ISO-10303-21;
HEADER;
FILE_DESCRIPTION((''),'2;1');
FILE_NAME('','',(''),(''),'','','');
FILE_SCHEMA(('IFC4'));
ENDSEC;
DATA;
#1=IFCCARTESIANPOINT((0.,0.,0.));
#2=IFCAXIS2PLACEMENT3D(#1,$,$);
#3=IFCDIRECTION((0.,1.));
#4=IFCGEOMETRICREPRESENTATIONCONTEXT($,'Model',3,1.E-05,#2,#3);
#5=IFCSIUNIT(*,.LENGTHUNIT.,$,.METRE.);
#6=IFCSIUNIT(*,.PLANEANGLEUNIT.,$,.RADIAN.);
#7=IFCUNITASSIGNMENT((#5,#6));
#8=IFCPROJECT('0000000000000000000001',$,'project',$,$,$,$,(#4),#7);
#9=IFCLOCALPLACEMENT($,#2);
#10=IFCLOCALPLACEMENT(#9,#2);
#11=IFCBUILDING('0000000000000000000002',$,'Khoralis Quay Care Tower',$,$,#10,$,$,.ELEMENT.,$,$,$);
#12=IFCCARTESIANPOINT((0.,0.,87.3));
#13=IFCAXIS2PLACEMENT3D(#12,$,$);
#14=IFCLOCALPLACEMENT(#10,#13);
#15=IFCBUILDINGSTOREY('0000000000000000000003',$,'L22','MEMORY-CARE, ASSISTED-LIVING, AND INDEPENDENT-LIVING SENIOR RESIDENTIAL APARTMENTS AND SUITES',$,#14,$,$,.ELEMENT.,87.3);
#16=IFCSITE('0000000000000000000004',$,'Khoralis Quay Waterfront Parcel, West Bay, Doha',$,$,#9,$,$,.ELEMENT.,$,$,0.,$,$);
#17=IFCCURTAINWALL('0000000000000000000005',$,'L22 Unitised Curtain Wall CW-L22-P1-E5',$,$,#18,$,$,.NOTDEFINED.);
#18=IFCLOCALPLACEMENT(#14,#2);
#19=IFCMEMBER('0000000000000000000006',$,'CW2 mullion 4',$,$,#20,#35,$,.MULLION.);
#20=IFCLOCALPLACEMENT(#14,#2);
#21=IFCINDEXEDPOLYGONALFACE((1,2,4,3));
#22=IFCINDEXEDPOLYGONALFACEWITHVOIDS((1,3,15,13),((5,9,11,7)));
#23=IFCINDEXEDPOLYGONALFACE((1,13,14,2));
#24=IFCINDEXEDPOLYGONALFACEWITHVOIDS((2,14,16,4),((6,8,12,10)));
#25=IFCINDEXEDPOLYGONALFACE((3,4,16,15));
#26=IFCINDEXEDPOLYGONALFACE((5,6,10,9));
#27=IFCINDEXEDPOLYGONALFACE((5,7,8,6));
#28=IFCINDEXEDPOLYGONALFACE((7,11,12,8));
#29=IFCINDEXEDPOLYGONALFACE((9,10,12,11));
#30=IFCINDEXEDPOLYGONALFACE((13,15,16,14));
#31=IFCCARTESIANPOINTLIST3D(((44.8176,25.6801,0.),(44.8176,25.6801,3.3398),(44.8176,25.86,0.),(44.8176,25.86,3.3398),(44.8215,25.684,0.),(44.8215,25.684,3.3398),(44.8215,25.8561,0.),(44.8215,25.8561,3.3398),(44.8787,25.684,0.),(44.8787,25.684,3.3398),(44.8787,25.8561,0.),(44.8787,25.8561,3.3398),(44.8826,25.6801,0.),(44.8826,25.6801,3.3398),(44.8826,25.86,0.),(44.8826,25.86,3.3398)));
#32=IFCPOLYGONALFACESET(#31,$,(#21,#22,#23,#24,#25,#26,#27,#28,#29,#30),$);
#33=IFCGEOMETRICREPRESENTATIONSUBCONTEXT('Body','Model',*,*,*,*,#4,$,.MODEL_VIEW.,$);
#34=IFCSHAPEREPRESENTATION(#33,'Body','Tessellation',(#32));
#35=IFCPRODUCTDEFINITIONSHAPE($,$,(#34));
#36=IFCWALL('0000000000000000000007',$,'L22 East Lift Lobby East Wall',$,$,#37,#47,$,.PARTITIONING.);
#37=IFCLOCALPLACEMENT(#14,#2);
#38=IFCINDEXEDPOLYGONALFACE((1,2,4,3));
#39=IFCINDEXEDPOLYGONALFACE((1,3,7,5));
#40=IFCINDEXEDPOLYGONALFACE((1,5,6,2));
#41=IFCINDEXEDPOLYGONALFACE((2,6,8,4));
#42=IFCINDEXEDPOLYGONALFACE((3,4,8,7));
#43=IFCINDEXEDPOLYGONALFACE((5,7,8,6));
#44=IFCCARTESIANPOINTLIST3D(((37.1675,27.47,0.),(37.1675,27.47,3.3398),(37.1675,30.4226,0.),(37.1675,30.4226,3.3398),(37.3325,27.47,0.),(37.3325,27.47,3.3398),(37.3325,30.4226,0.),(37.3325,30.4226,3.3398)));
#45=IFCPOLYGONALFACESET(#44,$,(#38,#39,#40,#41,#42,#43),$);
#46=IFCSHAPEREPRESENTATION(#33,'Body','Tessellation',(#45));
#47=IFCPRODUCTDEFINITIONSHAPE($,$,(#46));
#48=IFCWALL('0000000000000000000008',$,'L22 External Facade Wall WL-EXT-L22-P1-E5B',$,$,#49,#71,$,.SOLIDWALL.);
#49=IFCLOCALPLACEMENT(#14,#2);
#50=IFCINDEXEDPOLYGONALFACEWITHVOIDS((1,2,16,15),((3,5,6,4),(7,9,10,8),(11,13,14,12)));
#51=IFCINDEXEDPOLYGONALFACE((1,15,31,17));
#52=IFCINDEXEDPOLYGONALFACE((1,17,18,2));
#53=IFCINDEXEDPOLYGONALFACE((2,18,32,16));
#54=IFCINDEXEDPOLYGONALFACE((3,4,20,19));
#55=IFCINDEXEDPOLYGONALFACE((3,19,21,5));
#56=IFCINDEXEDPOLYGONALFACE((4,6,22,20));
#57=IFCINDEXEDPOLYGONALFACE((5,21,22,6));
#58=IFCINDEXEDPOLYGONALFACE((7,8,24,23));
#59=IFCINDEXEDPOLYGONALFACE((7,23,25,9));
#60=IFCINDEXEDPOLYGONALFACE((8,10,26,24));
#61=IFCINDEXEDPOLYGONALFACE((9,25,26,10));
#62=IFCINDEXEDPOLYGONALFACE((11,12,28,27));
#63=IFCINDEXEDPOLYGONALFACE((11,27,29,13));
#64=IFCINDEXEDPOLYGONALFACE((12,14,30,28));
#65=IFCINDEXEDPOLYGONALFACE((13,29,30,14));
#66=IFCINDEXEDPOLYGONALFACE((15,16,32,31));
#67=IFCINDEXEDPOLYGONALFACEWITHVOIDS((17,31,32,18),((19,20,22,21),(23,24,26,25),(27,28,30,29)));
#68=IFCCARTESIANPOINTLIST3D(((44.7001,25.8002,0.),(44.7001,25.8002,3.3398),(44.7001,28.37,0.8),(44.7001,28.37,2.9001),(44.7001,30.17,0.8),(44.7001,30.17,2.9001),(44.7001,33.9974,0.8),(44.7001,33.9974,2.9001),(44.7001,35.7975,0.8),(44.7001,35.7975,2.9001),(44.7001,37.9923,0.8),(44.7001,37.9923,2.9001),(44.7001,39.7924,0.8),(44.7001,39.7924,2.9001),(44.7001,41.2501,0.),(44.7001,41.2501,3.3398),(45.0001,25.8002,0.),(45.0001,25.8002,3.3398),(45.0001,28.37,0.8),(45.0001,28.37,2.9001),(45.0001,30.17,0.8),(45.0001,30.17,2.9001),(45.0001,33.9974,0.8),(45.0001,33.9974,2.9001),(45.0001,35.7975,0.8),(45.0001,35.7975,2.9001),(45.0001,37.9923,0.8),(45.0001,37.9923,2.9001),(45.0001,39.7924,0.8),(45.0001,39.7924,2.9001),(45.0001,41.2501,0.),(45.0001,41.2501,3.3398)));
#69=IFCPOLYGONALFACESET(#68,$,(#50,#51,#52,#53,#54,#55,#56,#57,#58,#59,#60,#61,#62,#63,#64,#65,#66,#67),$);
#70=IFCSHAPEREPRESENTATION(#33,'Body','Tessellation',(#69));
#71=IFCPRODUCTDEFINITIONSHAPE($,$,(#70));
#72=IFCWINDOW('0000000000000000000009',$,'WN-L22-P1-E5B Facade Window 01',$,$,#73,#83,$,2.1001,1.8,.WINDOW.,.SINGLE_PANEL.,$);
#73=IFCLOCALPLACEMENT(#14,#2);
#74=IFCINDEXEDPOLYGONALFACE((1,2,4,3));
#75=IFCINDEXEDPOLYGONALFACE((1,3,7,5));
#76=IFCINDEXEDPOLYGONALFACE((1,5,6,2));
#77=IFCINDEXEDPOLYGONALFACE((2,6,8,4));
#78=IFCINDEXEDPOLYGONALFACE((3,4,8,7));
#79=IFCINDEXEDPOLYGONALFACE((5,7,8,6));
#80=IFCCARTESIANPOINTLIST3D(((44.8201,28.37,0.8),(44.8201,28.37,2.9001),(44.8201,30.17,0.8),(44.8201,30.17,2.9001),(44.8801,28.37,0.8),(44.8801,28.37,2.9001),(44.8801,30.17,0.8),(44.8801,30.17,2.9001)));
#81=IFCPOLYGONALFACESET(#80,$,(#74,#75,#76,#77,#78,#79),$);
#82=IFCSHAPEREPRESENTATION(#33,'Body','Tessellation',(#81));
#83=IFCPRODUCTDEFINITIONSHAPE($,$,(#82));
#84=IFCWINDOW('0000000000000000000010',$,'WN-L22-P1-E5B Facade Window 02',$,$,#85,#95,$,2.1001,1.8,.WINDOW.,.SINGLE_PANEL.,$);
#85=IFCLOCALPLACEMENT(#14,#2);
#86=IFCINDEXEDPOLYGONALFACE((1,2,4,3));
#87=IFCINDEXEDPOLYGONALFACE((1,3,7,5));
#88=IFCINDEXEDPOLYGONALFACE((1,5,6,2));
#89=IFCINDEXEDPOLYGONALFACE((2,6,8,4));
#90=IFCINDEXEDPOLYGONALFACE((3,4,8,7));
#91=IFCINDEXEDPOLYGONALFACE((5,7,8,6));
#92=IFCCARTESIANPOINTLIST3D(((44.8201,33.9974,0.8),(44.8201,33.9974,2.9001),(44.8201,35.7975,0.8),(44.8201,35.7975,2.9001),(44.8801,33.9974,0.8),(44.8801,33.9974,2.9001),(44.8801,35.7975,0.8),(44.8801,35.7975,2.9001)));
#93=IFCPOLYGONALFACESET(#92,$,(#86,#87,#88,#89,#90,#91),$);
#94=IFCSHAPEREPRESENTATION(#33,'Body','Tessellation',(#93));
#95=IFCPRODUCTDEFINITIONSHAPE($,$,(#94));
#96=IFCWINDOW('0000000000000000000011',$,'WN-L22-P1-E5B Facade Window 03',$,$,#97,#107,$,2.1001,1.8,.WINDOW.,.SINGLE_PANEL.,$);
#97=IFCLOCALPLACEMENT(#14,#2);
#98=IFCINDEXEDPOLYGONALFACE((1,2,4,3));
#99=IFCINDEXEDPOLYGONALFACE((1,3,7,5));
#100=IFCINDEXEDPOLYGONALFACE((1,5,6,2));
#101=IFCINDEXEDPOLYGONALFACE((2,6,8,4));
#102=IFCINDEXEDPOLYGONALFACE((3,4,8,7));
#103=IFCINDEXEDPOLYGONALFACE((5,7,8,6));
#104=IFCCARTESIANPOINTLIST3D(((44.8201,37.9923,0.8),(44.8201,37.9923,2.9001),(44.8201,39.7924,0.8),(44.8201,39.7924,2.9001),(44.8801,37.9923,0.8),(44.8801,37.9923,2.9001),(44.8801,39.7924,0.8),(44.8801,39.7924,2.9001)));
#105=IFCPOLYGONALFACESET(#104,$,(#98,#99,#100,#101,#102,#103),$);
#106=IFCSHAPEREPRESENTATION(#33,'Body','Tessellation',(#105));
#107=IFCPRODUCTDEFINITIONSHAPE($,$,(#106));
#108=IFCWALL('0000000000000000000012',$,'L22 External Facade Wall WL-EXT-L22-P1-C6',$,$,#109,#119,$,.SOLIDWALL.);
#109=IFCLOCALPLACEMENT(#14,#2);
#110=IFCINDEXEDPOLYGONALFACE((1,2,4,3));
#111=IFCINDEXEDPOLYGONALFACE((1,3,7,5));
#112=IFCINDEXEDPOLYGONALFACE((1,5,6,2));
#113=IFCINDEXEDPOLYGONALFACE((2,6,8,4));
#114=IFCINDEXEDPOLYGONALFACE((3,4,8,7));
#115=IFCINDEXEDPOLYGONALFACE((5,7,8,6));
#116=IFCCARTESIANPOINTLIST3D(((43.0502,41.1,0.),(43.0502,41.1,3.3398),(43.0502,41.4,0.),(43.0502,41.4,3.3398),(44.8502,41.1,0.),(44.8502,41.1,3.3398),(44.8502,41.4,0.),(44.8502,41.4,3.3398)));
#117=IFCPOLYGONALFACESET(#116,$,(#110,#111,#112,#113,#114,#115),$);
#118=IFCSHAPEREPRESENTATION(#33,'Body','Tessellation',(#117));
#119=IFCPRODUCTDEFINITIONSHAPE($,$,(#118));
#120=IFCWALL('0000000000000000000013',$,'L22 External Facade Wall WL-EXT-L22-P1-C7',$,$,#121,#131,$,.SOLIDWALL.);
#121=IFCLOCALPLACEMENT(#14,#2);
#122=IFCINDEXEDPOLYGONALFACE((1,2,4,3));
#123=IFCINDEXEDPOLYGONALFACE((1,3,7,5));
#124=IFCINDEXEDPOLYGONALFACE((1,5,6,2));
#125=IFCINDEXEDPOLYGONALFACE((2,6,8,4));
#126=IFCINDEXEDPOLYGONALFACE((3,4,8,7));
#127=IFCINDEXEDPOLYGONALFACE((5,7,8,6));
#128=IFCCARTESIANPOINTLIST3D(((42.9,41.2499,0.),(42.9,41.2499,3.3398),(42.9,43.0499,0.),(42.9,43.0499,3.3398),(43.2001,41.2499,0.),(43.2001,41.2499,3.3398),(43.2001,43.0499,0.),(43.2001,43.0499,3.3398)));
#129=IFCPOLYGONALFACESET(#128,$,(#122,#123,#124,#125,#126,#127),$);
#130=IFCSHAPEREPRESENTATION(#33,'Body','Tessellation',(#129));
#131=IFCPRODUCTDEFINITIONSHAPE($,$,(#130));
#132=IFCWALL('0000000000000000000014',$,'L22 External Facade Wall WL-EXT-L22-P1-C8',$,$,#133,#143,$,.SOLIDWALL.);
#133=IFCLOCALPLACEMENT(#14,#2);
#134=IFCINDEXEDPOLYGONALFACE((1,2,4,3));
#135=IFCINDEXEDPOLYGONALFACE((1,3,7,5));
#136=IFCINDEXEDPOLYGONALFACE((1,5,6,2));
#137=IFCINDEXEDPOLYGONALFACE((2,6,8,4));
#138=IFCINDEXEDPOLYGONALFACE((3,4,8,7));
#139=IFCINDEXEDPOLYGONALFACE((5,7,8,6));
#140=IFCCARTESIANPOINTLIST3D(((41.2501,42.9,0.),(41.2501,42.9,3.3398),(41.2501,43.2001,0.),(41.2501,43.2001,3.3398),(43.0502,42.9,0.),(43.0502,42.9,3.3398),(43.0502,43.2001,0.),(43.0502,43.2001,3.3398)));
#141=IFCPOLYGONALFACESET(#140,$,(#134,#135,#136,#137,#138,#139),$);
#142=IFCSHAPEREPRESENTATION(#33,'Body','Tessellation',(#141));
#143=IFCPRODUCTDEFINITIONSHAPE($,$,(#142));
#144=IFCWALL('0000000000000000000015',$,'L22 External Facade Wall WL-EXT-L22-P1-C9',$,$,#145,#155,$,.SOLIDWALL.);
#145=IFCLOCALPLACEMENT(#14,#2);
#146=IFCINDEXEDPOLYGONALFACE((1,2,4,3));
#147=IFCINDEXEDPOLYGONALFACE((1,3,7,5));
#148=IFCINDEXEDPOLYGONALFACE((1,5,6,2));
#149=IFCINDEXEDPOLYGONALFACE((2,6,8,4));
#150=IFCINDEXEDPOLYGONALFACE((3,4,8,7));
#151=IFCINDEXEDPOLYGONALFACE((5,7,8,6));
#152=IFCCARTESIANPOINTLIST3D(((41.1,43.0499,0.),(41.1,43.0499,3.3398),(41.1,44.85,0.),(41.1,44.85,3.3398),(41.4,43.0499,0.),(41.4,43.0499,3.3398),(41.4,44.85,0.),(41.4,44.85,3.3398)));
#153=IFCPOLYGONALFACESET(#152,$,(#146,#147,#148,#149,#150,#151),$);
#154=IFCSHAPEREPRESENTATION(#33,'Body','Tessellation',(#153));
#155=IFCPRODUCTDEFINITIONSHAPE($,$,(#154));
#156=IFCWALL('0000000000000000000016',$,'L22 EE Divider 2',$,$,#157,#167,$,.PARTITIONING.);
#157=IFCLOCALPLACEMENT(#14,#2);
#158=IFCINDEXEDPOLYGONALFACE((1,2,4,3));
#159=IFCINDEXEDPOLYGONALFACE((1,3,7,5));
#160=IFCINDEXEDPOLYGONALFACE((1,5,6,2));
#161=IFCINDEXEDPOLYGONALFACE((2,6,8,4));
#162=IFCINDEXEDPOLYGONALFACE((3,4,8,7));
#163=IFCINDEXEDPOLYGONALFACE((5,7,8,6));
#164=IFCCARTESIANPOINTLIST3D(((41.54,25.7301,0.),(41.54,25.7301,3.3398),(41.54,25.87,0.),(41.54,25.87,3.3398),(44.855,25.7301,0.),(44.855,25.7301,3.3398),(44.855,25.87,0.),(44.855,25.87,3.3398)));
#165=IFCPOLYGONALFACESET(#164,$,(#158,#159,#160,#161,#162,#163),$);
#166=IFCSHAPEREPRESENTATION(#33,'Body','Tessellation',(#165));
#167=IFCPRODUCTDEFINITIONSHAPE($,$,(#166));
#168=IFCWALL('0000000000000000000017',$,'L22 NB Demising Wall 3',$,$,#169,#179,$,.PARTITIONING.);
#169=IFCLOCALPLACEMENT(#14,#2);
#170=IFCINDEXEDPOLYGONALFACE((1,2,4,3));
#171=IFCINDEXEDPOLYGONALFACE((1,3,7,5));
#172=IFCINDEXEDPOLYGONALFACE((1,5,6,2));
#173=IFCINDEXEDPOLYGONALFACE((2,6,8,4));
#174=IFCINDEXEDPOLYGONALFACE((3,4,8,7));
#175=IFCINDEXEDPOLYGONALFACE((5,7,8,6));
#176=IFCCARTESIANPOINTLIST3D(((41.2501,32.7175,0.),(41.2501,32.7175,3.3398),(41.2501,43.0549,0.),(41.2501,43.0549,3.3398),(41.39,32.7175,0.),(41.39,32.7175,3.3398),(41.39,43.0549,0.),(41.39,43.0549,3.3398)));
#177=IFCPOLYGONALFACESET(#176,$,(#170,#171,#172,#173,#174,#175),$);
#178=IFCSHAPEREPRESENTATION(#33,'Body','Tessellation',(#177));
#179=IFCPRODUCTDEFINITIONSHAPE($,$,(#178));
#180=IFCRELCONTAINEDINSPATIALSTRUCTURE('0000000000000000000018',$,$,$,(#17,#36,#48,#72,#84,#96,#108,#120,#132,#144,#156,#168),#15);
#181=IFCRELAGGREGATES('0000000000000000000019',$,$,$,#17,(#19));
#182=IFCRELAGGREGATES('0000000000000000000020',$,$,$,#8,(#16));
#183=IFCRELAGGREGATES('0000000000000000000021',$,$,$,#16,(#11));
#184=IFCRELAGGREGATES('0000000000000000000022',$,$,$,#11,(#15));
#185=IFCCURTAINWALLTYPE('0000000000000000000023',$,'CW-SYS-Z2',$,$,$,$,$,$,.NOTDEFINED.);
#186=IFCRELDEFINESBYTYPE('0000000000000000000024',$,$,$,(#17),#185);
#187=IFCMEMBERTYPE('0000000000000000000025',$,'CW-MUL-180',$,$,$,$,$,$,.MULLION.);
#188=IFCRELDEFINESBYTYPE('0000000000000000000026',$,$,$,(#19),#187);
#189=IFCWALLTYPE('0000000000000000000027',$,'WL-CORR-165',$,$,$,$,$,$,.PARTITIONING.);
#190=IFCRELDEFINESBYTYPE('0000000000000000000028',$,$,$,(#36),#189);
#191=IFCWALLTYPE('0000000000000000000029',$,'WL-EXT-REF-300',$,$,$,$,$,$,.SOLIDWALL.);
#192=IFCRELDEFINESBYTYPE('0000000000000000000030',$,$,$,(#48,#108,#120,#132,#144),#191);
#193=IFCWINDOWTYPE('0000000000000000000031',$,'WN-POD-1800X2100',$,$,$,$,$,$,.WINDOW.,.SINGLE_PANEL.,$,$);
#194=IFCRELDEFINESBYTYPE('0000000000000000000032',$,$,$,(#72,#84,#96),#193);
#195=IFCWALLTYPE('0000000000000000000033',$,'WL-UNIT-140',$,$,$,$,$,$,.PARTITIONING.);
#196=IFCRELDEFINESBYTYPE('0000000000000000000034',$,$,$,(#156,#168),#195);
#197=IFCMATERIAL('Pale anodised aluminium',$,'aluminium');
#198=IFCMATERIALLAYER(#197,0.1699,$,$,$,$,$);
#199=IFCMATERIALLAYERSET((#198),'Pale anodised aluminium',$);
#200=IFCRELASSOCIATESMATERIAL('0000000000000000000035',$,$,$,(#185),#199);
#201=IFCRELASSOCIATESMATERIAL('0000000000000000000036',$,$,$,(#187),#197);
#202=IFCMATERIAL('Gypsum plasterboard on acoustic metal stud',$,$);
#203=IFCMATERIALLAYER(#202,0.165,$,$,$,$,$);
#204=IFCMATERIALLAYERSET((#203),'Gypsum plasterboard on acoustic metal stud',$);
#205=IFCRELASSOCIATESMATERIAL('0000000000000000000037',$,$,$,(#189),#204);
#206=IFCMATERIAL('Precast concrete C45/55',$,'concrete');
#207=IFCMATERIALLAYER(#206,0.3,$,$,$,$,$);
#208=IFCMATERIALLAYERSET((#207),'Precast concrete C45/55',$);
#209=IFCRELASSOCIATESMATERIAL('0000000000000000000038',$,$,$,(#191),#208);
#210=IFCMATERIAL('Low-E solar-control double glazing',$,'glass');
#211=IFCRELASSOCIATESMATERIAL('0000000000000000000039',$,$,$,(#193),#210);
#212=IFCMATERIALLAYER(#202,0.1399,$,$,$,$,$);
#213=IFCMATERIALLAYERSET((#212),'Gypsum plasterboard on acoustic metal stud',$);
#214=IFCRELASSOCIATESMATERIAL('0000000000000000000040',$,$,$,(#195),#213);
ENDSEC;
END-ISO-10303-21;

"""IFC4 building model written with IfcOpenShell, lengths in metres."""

from ifc_helpers import new_model, si_unit, direction, frame, frame_2d, origin, origin_2d, place, context, subcontext, project, spatial, rectangle, hollow_rectangle, extrude, source, transform, mapped, material, layer, layer_set, material_profile, profile_set, type_object, element, fill, aggregate, save


model = new_model("IFC4")

# Units and contexts
model_context = context("Model", 3, precision=1e-05, world=origin(), true_north=direction((0.0, 1.0)))
body_context = subcontext(model_context, "Body", "Model", "MODEL_VIEW")
ifc_project = project(units=[si_unit("LENGTHUNIT", "METRE"), si_unit("PLANEANGLEUNIT", "RADIAN")], contexts=[model_context])

# Site, building, storey
site_placement = place(None, origin())
site = spatial("IfcSite", under=ifc_project, at=site_placement, Name="Khoralis Quay Waterfront Parcel, West Bay, Doha", CompositionType="ELEMENT", RefElevation=0.0)
building_placement = place(site_placement, origin())
building = spatial("IfcBuilding", under=site, at=building_placement, Name="Khoralis Quay Care Tower", CompositionType="ELEMENT")
storey_placement = place(building_placement, frame((0.0, 0.0, 87.3)))
storey = spatial("IfcBuildingStorey", under=building, at=storey_placement, Name="L22", Description="MEMORY-CARE, ASSISTED-LIVING, AND INDEPENDENT-LIVING SENIOR RESIDENTIAL APARTMENTS AND SUITES", CompositionType="ELEMENT", Elevation=87.3)

# Curtain wall, member
ifc_material_1 = material(Name="Pale anodised aluminium", Category="aluminium")
ifc_layer_1 = layer(ifc_material_1, 0.1699)
ifc_layer_set_1 = layer_set([ifc_layer_1], Name="Pale anodised aluminium")
curtain_wall_type = type_object("IfcCurtainWallType", Name="CW-SYS-Z2", PredefinedType="NOTDEFINED", material=ifc_layer_set_1)
curtain_wall_placement = place(storey_placement, origin())
curtain_wall = element("IfcCurtainWall", 1, at=curtain_wall_placement, inside=storey, type_object=curtain_wall_type, Name="L22 Unitised Curtain Wall CW-L22-P1-E5", PredefinedType="NOTDEFINED")
ifc_material_profile_1 = material_profile(ifc_material_1, hollow_rectangle(XDim=0.0649, YDim=0.1799, WallThickness=0.0039, at=origin_2d()), Name="Pale anodised aluminium")
ifc_profile_set_1 = profile_set([ifc_material_profile_1], Name="Pale anodised aluminium")
member_type = type_object("IfcMemberType", Name="CW-MUL-180", PredefinedType="MULLION", material=ifc_profile_set_1)
shared_shape_1 = source(origin(), body_context, "Body", "SweptSolid", [
    extrude(hollow_rectangle(XDim=0.0649, YDim=0.1799, WallThickness=0.0039, at=origin_2d()), origin(), (0.0, 0.0, 1.0), 3.3398),
])
member_placement = place(storey_placement, frame((44.8501, 25.77, 0.0), z_axis=(0.0, 0.0, 1.0), x_axis=(-1.0, 0.0, 0.0)))
member = element("IfcMember", 2, at=member_placement, type_object=member_type, Name="CW2 mullion 4", PredefinedType="MULLION", context=body_context, shape_type="MappedRepresentation", body=[
    mapped(shared_shape_1, transform((0.0, 0.0, 0.0), scale=1.0)),
])
aggregate(curtain_wall, [member])

# Wall
ifc_material_2 = material(Name="Gypsum plasterboard on acoustic metal stud")
ifc_layer_2 = layer(ifc_material_2, 0.165)
ifc_layer_set_2 = layer_set([ifc_layer_2], Name="Gypsum plasterboard on acoustic metal stud")
wall_type_1 = type_object("IfcWallType", Name="WL-CORR-165", PredefinedType="PARTITIONING", material=ifc_layer_set_2)
wall_1_placement = place(storey_placement, frame((37.25, 27.47, 0.0), z_axis=(0.0, 0.0, 1.0), x_axis=(0.0, 1.0, 0.0)))
element("IfcWall", 3, at=wall_1_placement, inside=storey, type_object=wall_type_1, Name="L22 East Lift Lobby East Wall", PredefinedType="PARTITIONING", context=body_context, shape_type="SweptSolid", body=[
    extrude(rectangle(XDim=2.9526, YDim=0.165, at=frame_2d((1.4763, 0.0))), origin(), (0.0, 0.0, 1.0), 3.3398),
])

# Wall, openings, windows
ifc_material_3 = material(Name="Precast concrete C45/55", Category="concrete")
ifc_layer_3 = layer(ifc_material_3, 0.3)
ifc_layer_set_3 = layer_set([ifc_layer_3], Name="Precast concrete C45/55")
wall_type_2 = type_object("IfcWallType", Name="WL-EXT-REF-300", PredefinedType="SOLIDWALL", material=ifc_layer_set_3)
wall_2_placement = place(storey_placement, frame((44.8501, 25.8, 0.0), z_axis=(0.0, 0.0, 1.0), x_axis=(0.0, 1.0, 0.0)))
wall_2 = element("IfcWall", 4, at=wall_2_placement, inside=storey, type_object=wall_type_2, Name="L22 External Facade Wall WL-EXT-L22-P1-E5B", PredefinedType="SOLIDWALL", context=body_context, shape_type="SweptSolid", body=[
    extrude(rectangle(XDim=15.45, YDim=0.3, at=frame_2d((7.7251, 0.0))), origin(), (0.0, 0.0, 1.0), 3.3398),
])
opening_1_placement = place(wall_2_placement, frame((2.5701, 0.0, 0.8)))
opening_1 = element("IfcOpeningElement", 5, at=opening_1_placement, cuts=wall_2, PredefinedType="OPENING", context=body_context, shape_type="SweptSolid", body=[
    extrude(rectangle(XDim=1.8, YDim=2.1001, at=frame_2d((0.8999, 1.05))), frame((0.0, 0.1602, 0.0), z_axis=(0.0, -1.0, 0.0), x_axis=(1.0, 0.0, 0.0)), (0.0, 0.0, 1.0), 0.3201),
])
opening_2_placement = place(wall_2_placement, frame((8.1975, 0.0, 0.8)))
opening_2 = element("IfcOpeningElement", 6, at=opening_2_placement, cuts=wall_2, PredefinedType="OPENING", context=body_context, shape_type="SweptSolid", body=[
    extrude(rectangle(XDim=1.8, YDim=2.1001, at=frame_2d((0.8999, 1.05))), frame((0.0, 0.1602, 0.0), z_axis=(0.0, -1.0, 0.0), x_axis=(1.0, 0.0, 0.0)), (0.0, 0.0, 1.0), 0.3201),
])
opening_3_placement = place(wall_2_placement, frame((12.1924, 0.0, 0.8)))
opening_3 = element("IfcOpeningElement", 7, at=opening_3_placement, cuts=wall_2, PredefinedType="OPENING", context=body_context, shape_type="SweptSolid", body=[
    extrude(rectangle(XDim=1.8, YDim=2.1001, at=frame_2d((0.8999, 1.05))), frame((0.0, 0.1602, 0.0), z_axis=(0.0, -1.0, 0.0), x_axis=(1.0, 0.0, 0.0)), (0.0, 0.0, 1.0), 0.3201),
])
ifc_material_4 = material(Name="Low-E solar-control double glazing", Category="glass")
window_type_1 = type_object("IfcWindowType", Name="WN-POD-1800X2100", PartitioningType="SINGLE_PANEL", PredefinedType="WINDOW", material=ifc_material_4)
shared_shape_2 = source(origin(), body_context, "Body", "SweptSolid", [
    extrude(rectangle(XDim=1.8, YDim=2.1001, at=frame_2d((0.8999, 1.05))), frame((0.0, 0.03, 0.0), z_axis=(0.0, -1.0, 0.0), x_axis=(1.0, 0.0, 0.0)), (0.0, 0.0, 1.0), 0.0601),
])
window_1_placement = place(opening_1_placement, origin())
window_1 = element("IfcWindow", 8, at=window_1_placement, inside=storey, type_object=window_type_1, Name="WN-L22-P1-E5B Facade Window 01", OverallHeight=2.1001, OverallWidth=1.8, PartitioningType="SINGLE_PANEL", PredefinedType="WINDOW", context=body_context, shape_type="MappedRepresentation", body=[
    mapped(shared_shape_2, transform((0.0, 0.0, 0.0), scale=1.0)),
])
fill(opening_1, window_1)
window_2_placement = place(opening_2_placement, origin())
window_2 = element("IfcWindow", 9, at=window_2_placement, inside=storey, type_object=window_type_1, Name="WN-L22-P1-E5B Facade Window 02", OverallHeight=2.1001, OverallWidth=1.8, PartitioningType="SINGLE_PANEL", PredefinedType="WINDOW", context=body_context, shape_type="MappedRepresentation", body=[
    mapped(shared_shape_2, transform((0.0, 0.0, 0.0), scale=1.0)),
])
fill(opening_2, window_2)
window_3_placement = place(opening_3_placement, origin())
window_3 = element("IfcWindow", 10, at=window_3_placement, inside=storey, type_object=window_type_1, Name="WN-L22-P1-E5B Facade Window 03", OverallHeight=2.1001, OverallWidth=1.8, PartitioningType="SINGLE_PANEL", PredefinedType="WINDOW", context=body_context, shape_type="MappedRepresentation", body=[
    mapped(shared_shape_2, transform((0.0, 0.0, 0.0), scale=1.0)),
])
fill(opening_3, window_3)

# Walls
for number, where, z_axis, x_axis, name in (
    (11, (44.8501, 41.25, 0.0), (0.0, 0.0, 1.0), (-1.0, 0.0, 0.0), "L22 External Facade Wall WL-EXT-L22-P1-C6"),
    (12, (43.05, 41.25, 0.0), (0.0, 0.0, 1.0), (0.0, 1.0, 0.0), "L22 External Facade Wall WL-EXT-L22-P1-C7"),
    (13, (43.05, 43.05, 0.0), (0.0, 0.0, 1.0), (-1.0, 0.0, 0.0), "L22 External Facade Wall WL-EXT-L22-P1-C8"),
    (14, (41.25, 43.05, 0.0), (0.0, 0.0, 1.0), (0.0, 1.0, 0.0), "L22 External Facade Wall WL-EXT-L22-P1-C9"),
):
    element("IfcWall", number, at=place(storey_placement, frame(where, z_axis=z_axis, x_axis=x_axis)), inside=storey, type_object=wall_type_2, Name=name, PredefinedType="SOLIDWALL", context=body_context, shape_type="SweptSolid", body=[
        extrude(rectangle(XDim=1.8, YDim=0.3, at=frame_2d((0.8999, 0.0))), origin(), (0.0, 0.0, 1.0), 3.3398),
    ])

# Walls
ifc_layer_4 = layer(ifc_material_2, 0.1399)
ifc_layer_set_4 = layer_set([ifc_layer_4], Name="Gypsum plasterboard on acoustic metal stud")
wall_type_3 = type_object("IfcWallType", Name="WL-UNIT-140", PredefinedType="PARTITIONING", material=ifc_layer_set_4)
wall_3_placement = place(storey_placement, frame((41.54, 25.8, 0.0), z_axis=(0.0, 0.0, 1.0), x_axis=(1.0, 0.0, 0.0)))
element("IfcWall", 15, at=wall_3_placement, inside=storey, type_object=wall_type_3, Name="L22 EE Divider 2", PredefinedType="PARTITIONING", context=body_context, shape_type="SweptSolid", body=[
    extrude(rectangle(XDim=3.3149, YDim=0.1399, at=frame_2d((1.6575, 0.0))), origin(), (0.0, 0.0, 1.0), 3.3398),
])
wall_4_placement = place(storey_placement, frame((41.3201, 32.7175, 0.0), z_axis=(0.0, 0.0, 1.0), x_axis=(0.0, 1.0, 0.0)))
element("IfcWall", 16, at=wall_4_placement, inside=storey, type_object=wall_type_3, Name="L22 NB Demising Wall 3", PredefinedType="PARTITIONING", context=body_context, shape_type="SweptSolid", body=[
    extrude(rectangle(XDim=10.3374, YDim=0.1399, at=frame_2d((5.1687, 0.0))), origin(), (0.0, 0.0, 1.0), 3.3398),
])

save(model, "model.ifc")
